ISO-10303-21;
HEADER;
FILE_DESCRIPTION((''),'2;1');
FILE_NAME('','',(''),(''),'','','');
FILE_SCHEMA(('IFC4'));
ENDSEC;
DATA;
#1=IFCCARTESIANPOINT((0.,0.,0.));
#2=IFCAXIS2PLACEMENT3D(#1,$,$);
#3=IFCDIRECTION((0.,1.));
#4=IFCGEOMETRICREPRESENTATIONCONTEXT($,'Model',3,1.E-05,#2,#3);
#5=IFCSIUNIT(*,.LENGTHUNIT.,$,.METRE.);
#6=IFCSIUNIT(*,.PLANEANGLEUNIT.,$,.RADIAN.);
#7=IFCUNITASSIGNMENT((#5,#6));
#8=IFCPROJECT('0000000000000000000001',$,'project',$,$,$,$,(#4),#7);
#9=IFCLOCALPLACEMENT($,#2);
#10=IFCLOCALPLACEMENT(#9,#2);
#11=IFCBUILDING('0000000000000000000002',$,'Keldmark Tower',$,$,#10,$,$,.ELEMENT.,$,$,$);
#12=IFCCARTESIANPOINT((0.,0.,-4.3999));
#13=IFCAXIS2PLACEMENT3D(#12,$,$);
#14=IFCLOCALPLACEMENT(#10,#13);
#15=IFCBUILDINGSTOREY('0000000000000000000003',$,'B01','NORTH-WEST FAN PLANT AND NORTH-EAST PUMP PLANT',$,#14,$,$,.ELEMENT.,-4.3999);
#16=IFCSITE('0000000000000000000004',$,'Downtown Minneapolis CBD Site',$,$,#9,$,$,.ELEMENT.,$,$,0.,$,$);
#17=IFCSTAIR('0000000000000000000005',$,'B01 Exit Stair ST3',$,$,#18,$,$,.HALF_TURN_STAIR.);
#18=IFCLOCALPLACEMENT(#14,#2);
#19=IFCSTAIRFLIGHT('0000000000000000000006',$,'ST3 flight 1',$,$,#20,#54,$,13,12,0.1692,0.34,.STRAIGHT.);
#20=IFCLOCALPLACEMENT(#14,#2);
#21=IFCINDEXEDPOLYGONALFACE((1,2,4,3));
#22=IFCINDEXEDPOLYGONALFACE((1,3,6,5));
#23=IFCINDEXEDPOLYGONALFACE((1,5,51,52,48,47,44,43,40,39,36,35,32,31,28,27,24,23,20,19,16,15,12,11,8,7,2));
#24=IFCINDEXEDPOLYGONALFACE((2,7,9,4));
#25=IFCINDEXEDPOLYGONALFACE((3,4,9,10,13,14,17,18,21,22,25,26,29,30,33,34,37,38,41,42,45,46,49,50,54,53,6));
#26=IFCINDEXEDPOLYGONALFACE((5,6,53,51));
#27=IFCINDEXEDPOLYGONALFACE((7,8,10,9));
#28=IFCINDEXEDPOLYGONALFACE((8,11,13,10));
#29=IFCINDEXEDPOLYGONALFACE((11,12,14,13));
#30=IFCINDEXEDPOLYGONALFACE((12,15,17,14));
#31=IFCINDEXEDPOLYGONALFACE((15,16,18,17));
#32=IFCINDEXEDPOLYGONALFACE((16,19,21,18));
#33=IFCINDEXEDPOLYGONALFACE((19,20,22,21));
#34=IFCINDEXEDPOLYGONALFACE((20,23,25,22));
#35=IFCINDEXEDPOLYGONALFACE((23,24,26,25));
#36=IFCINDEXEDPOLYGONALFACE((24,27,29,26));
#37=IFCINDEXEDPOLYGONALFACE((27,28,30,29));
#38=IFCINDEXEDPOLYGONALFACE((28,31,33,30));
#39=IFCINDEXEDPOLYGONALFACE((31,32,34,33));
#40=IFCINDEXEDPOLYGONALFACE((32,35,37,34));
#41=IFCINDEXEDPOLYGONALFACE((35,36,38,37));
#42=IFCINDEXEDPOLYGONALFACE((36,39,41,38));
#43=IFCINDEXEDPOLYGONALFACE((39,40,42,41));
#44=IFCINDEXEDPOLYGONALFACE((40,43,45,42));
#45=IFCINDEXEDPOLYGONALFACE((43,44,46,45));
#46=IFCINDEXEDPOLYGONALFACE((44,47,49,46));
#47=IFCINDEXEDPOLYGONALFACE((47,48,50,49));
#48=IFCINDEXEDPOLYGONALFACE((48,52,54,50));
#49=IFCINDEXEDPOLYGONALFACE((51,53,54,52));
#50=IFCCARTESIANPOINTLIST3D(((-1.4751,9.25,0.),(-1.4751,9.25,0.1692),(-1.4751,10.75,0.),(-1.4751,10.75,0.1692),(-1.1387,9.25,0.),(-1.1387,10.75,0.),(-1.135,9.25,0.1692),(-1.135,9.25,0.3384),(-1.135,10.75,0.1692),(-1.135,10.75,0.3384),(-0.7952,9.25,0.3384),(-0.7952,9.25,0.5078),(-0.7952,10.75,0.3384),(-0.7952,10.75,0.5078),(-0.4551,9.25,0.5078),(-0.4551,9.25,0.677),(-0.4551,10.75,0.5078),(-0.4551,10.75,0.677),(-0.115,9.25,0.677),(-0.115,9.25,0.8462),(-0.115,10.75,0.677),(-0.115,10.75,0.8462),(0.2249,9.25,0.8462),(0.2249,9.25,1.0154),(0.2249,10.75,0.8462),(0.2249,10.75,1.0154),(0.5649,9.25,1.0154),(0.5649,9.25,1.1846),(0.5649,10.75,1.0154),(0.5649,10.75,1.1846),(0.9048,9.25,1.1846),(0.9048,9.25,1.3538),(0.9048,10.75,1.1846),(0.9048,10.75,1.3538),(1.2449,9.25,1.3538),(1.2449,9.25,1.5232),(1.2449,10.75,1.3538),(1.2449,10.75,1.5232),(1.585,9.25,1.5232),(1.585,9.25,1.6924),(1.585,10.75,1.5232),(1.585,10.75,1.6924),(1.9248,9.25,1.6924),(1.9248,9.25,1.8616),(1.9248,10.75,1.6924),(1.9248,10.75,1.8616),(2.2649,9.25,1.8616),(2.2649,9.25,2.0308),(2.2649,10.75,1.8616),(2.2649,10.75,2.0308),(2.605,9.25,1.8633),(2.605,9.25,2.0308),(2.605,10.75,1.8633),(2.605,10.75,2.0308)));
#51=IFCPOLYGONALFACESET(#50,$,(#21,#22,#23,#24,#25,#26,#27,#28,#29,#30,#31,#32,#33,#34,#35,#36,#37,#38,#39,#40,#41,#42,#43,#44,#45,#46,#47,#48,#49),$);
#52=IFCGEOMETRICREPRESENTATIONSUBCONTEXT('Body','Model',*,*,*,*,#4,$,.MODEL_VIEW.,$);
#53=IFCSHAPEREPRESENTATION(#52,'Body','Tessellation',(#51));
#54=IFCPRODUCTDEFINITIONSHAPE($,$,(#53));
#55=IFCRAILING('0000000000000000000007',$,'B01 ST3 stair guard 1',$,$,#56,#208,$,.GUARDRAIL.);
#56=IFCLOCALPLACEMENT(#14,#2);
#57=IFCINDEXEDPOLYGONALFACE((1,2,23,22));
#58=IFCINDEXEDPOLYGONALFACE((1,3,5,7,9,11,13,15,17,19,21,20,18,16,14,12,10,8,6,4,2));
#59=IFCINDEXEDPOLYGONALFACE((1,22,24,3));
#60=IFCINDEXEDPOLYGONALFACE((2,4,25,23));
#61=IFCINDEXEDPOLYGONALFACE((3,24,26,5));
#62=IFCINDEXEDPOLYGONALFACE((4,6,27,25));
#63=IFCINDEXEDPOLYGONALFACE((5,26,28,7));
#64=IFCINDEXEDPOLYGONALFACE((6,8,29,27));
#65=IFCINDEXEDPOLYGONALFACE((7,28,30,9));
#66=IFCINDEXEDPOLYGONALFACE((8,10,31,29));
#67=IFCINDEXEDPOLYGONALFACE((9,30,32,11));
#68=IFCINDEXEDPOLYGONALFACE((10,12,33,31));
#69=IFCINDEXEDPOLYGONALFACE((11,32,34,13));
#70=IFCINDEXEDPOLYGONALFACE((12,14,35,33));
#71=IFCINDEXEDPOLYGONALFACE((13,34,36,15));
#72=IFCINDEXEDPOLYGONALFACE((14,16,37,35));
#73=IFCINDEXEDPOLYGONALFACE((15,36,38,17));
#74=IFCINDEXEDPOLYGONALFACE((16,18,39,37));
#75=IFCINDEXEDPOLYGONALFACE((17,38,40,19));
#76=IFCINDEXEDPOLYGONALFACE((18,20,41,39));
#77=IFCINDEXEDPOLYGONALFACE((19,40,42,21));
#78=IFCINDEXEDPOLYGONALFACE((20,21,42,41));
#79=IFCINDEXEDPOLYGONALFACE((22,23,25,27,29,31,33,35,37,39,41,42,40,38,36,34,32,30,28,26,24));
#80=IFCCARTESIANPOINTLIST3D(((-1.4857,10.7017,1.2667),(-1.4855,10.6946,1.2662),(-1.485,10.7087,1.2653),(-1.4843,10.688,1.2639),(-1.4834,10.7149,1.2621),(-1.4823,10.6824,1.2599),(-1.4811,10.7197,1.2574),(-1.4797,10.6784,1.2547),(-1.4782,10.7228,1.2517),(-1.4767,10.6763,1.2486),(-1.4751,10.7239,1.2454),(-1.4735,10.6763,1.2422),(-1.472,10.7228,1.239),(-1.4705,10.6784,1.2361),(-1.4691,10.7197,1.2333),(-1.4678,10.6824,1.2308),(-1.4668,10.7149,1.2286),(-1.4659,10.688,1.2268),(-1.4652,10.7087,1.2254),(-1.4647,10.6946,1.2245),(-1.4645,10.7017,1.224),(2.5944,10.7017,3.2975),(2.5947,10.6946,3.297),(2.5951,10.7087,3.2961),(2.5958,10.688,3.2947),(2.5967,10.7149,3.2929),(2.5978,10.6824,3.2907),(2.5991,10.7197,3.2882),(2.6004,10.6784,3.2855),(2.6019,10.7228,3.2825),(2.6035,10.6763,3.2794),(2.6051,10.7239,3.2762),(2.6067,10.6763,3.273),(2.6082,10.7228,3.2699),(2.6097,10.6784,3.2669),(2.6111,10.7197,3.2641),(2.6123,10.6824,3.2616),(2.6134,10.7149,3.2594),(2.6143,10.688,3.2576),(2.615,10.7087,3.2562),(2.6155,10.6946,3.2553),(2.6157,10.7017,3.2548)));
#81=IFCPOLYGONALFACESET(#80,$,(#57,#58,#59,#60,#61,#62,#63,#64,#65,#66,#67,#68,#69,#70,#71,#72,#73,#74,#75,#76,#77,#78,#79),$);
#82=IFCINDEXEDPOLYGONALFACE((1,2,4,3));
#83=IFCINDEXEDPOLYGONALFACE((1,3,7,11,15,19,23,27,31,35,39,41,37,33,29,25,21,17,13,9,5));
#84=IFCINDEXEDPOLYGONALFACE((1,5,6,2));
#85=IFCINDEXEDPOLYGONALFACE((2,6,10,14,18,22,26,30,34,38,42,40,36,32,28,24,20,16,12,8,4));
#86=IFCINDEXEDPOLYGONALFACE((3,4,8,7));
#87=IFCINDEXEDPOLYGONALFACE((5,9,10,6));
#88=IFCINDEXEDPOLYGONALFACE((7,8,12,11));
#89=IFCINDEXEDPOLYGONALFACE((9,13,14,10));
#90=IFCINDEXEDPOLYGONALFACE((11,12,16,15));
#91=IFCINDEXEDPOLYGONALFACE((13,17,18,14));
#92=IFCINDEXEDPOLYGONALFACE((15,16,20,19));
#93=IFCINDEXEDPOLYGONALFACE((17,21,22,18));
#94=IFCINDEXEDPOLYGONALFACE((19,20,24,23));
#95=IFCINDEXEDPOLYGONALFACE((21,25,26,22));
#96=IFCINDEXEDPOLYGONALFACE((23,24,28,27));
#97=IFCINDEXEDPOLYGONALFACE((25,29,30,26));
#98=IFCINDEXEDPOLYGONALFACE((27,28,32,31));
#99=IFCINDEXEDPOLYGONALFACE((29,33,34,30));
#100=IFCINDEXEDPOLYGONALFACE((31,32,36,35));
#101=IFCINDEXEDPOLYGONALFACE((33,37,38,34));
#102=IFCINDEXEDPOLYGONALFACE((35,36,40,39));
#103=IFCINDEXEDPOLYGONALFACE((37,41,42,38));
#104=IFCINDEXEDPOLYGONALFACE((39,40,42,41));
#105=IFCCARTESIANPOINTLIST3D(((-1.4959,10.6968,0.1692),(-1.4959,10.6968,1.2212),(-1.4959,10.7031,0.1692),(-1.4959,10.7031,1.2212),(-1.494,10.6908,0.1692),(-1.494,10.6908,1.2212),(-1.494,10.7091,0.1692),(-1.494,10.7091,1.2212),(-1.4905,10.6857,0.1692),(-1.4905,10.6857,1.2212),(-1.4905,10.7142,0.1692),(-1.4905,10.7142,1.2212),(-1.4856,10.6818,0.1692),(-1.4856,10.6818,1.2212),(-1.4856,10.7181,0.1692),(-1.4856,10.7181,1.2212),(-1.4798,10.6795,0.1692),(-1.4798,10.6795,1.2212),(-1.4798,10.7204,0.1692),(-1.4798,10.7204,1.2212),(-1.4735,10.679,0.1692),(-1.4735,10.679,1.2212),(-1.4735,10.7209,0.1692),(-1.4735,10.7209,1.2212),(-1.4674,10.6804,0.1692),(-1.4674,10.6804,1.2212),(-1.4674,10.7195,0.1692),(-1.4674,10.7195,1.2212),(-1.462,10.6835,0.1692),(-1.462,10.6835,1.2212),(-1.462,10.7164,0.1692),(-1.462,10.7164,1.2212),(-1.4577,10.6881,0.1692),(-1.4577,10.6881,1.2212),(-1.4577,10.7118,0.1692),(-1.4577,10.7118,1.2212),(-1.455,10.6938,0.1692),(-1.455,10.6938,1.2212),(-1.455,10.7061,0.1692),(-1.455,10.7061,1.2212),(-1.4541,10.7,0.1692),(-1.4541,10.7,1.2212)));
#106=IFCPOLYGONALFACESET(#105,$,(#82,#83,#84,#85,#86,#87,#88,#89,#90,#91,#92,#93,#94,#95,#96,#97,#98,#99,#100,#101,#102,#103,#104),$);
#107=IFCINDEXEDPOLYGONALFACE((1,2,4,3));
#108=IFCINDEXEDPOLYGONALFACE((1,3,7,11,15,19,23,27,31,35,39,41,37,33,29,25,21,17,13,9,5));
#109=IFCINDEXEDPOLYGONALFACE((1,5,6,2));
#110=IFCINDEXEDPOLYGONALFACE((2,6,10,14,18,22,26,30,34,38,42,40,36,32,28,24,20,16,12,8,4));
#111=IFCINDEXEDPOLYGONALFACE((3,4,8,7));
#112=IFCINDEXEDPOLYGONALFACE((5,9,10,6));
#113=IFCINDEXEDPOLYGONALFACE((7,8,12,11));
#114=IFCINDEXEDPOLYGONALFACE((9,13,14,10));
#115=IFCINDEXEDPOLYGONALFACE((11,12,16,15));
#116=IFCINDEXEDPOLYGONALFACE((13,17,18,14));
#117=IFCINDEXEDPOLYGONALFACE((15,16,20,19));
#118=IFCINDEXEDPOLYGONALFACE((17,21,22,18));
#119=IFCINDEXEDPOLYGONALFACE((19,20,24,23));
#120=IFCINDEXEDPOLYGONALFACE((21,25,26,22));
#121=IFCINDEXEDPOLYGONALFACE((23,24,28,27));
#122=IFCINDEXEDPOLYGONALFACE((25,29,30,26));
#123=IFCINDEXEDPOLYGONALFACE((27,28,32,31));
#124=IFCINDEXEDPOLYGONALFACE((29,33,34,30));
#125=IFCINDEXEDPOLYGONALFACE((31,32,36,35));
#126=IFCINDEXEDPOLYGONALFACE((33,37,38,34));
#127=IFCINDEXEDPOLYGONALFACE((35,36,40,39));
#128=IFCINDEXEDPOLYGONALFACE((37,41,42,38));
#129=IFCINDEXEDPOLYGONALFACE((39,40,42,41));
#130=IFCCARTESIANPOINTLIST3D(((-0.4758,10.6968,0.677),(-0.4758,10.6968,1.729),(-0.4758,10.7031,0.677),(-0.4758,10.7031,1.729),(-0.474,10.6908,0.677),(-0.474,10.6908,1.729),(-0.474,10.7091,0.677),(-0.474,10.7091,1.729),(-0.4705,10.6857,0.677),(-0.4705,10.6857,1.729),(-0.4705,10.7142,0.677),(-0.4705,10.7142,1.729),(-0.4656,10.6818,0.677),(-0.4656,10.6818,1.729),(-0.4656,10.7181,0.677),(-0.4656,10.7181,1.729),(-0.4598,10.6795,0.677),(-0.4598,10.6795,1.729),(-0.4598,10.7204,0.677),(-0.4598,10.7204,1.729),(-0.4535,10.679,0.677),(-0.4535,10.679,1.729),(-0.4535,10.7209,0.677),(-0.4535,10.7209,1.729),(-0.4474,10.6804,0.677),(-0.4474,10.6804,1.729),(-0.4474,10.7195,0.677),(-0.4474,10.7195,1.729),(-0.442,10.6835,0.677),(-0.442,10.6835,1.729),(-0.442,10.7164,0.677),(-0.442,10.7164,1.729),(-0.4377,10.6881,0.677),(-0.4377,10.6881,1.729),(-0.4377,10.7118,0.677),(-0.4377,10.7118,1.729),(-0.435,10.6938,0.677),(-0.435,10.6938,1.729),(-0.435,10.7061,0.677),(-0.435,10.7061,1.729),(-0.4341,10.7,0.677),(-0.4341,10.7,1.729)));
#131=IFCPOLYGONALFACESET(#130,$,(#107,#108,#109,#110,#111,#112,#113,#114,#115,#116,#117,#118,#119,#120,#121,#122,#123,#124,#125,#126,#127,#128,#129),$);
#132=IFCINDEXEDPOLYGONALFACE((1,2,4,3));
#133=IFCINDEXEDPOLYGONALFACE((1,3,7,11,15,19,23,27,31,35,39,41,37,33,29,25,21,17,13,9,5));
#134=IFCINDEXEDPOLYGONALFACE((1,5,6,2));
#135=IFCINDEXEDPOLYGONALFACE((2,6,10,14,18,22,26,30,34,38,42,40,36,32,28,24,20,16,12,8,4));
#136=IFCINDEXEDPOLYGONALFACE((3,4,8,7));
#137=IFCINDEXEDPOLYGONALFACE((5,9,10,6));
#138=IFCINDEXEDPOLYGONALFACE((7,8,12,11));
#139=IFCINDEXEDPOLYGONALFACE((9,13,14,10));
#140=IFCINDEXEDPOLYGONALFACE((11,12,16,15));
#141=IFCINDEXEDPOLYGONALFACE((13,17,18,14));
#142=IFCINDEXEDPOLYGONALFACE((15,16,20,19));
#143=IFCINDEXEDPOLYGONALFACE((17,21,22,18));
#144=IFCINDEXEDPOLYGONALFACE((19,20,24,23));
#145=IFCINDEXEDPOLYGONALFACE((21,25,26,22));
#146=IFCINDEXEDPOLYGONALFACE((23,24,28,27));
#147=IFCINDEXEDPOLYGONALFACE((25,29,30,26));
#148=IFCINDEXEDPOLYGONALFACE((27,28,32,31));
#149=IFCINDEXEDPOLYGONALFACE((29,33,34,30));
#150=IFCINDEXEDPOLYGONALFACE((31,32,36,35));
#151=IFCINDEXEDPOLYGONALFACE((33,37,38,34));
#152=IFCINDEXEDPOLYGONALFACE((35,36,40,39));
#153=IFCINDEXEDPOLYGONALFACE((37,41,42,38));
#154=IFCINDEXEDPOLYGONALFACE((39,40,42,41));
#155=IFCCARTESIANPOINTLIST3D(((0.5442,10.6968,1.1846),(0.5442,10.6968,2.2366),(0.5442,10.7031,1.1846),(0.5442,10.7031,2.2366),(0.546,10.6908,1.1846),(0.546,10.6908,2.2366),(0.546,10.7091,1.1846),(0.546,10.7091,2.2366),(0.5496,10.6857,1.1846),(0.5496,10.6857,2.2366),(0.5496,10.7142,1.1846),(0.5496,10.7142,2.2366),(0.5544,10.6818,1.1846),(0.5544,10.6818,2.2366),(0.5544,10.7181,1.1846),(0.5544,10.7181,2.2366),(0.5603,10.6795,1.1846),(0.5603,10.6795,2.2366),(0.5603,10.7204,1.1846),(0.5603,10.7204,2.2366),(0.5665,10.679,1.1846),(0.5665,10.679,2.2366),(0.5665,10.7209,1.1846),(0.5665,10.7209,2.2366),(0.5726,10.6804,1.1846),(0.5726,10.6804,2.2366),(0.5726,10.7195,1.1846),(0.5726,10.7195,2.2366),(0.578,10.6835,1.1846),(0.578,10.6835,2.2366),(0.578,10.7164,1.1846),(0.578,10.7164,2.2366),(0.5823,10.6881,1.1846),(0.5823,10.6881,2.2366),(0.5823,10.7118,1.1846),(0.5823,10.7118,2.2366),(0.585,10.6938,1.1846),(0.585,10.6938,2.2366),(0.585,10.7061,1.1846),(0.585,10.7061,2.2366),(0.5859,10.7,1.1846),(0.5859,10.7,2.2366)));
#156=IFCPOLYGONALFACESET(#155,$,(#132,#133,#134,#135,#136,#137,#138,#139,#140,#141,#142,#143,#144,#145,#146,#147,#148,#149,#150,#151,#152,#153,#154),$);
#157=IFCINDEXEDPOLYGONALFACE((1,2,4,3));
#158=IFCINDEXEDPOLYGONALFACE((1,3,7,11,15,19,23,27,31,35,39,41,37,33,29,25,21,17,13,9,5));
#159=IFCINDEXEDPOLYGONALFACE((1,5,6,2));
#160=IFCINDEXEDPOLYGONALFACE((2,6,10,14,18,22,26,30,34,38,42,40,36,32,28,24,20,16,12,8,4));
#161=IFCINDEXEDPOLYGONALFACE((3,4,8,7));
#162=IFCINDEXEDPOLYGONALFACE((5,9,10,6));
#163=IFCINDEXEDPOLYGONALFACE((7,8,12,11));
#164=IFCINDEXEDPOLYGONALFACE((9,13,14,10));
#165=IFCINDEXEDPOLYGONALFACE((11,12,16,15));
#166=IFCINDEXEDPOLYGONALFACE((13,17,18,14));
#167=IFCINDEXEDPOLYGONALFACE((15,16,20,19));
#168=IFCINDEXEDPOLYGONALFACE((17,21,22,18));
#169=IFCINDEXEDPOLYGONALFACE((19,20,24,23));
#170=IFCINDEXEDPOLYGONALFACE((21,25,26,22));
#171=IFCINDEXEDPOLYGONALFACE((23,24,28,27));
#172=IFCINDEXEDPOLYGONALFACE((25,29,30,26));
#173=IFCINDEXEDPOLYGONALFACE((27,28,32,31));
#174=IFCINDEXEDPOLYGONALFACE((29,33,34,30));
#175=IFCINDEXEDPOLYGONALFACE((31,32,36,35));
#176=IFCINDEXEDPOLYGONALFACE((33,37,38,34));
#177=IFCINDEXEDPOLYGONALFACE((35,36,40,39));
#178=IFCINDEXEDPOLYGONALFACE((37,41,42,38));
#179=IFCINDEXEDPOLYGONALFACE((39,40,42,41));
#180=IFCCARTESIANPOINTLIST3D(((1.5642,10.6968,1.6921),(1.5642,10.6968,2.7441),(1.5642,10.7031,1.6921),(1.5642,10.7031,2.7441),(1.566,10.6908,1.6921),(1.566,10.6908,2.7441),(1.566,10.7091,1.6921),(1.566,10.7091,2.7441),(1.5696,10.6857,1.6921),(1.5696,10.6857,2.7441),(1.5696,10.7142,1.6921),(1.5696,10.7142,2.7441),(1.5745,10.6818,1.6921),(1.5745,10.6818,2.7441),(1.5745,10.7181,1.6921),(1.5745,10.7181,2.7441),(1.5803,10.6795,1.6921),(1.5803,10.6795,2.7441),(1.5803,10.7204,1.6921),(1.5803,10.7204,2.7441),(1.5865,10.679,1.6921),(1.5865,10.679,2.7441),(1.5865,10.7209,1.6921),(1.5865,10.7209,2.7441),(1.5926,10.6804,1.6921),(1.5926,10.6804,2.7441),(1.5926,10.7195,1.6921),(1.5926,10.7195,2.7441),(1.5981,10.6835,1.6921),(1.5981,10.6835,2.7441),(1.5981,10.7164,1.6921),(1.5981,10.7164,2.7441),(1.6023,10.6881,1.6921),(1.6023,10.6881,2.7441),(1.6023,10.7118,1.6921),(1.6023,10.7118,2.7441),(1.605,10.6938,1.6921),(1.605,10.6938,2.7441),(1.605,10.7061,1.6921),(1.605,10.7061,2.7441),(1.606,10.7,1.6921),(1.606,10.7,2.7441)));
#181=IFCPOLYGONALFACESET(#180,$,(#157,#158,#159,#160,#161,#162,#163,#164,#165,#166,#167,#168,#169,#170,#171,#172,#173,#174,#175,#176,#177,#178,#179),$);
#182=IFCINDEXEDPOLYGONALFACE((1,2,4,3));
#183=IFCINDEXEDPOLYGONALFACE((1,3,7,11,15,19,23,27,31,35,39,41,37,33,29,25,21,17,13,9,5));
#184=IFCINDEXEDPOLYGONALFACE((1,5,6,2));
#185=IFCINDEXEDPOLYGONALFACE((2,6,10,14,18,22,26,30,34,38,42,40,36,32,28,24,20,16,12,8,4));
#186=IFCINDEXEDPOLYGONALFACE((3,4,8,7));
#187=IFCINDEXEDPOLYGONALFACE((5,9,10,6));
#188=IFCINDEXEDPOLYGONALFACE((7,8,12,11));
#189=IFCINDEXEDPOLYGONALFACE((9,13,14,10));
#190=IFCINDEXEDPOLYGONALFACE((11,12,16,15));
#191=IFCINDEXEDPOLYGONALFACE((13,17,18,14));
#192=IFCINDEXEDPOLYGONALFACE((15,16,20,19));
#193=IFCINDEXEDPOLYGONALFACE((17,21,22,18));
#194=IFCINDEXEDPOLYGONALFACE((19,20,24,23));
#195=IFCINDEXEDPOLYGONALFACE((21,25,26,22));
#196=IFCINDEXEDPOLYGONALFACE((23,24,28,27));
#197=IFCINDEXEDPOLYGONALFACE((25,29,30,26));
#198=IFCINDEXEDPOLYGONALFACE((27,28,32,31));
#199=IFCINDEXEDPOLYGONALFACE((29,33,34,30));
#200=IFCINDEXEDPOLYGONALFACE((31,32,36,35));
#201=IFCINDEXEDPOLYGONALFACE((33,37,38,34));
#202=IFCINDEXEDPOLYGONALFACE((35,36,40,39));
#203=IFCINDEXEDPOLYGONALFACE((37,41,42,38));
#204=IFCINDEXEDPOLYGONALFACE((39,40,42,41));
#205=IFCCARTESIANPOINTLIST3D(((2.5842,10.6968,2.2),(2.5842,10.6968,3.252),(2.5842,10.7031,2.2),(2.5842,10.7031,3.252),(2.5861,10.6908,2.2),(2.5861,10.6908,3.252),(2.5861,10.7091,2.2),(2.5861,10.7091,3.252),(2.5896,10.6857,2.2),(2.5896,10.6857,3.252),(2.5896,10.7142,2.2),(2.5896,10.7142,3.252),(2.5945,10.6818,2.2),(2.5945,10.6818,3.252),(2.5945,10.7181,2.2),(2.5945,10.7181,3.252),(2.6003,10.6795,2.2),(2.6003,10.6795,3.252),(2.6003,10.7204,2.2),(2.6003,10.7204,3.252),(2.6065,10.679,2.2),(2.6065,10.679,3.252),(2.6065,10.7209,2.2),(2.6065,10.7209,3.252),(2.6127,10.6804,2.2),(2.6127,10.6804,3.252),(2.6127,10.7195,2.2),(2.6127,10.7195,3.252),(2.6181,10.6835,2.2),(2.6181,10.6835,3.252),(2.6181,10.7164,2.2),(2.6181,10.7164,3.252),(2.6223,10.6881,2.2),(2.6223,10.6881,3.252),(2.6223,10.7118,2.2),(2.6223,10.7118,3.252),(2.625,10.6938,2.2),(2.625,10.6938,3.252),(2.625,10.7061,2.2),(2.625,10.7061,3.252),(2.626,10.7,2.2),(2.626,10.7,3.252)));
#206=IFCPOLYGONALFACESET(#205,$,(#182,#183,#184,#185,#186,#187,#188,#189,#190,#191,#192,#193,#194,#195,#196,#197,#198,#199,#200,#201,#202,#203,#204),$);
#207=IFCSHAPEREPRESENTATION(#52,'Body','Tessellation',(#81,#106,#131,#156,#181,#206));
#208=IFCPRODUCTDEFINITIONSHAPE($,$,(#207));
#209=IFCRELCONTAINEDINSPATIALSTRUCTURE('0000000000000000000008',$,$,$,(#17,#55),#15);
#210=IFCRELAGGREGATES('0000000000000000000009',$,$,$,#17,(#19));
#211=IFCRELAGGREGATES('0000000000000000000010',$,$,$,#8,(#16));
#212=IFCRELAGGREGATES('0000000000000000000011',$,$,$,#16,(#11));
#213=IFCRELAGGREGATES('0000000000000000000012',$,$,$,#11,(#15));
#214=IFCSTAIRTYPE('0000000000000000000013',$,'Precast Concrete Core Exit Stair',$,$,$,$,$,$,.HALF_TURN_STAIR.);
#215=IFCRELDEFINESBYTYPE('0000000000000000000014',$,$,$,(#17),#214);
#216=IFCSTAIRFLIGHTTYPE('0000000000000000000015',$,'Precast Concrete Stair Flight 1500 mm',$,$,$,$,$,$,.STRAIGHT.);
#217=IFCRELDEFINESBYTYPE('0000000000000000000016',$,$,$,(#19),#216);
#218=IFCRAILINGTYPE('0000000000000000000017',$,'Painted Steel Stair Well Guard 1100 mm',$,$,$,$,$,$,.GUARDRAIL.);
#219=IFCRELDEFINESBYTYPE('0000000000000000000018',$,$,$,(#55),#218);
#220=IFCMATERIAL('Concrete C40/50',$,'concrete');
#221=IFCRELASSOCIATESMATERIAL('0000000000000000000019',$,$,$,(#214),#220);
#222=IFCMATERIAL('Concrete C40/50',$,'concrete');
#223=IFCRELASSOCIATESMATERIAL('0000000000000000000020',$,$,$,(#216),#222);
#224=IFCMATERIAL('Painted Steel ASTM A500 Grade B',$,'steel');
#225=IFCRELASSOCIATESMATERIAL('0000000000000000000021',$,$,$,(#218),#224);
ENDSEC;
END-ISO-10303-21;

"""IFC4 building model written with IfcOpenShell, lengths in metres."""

from ifc_helpers import new_model, si_unit, direction, frame, origin, origin_2d, place, context, subcontext, project, spatial, polyline, circle, outline, extrude, material, type_object, element, aggregate, save


model = new_model("IFC4")

# Units and contexts
model_context = context("Model", 3, precision=1e-05, world=origin(), true_north=direction((0.0, 1.0)))
body_context = subcontext(model_context, "Body", "Model", "MODEL_VIEW")
ifc_project = project(units=[si_unit("LENGTHUNIT", "METRE"), si_unit("PLANEANGLEUNIT", "RADIAN")], contexts=[model_context])

# Site, building, storey
site_placement = place(None, origin())
site = spatial("IfcSite", under=ifc_project, at=site_placement, Name="Downtown Minneapolis CBD Site", CompositionType="ELEMENT", RefElevation=0.0)
building_placement = place(site_placement, origin())
building = spatial("IfcBuilding", under=site, at=building_placement, Name="Keldmark Tower", CompositionType="ELEMENT")
storey_placement = place(building_placement, frame((0.0, 0.0, -4.3999)))
storey = spatial("IfcBuildingStorey", under=building, at=storey_placement, Name="B01", Description="NORTH-WEST FAN PLANT AND NORTH-EAST PUMP PLANT", CompositionType="ELEMENT", Elevation=-4.3999)

# Stair, stair flight
ifc_material_1 = material(Name="Concrete C40/50", Category="concrete")
stair_type = type_object("IfcStairType", Name="Precast Concrete Core Exit Stair", PredefinedType="HALF_TURN_STAIR", material=ifc_material_1)
stair_placement = place(storey_placement, origin())
stair = element("IfcStair", 1, at=stair_placement, inside=storey, type_object=stair_type, Name="B01 Exit Stair ST3", PredefinedType="HALF_TURN_STAIR")
ifc_material_2 = material(Name="Concrete C40/50", Category="concrete")
stair_flight_type = type_object("IfcStairFlightType", Name="Precast Concrete Stair Flight 1500 mm", PredefinedType="STRAIGHT", material=ifc_material_2)
stair_flight_placement = place(storey_placement, frame((-1.4751, 10.0, 0.0), z_axis=(0.0, 0.0, 1.0), x_axis=(1.0, 0.0, 0.0)))
stair_flight = element("IfcStairFlight", 2, at=stair_flight_placement, type_object=stair_flight_type, Name="ST3 flight 1", NumberOfRisers=13, NumberOfTreads=12, PredefinedType="STRAIGHT", RiserHeight=0.1692, TreadLength=0.34, context=body_context, shape_type="SweptSolid", body=[
    extrude(outline(polyline([(0.0, 0.0), (0.0, 0.1692), (0.3401, 0.1692), (0.3401, 0.3384), (0.6799, 0.3384), (0.6799, 0.5078), (1.02, 0.5078), (1.02, 0.677), (1.3601, 0.677), (1.3601, 0.8462), (1.7, 0.8462), (1.7, 1.0154), (2.04, 1.0154), (2.04, 1.1846), (2.3799, 1.1846), (2.3799, 1.3538), (2.72, 1.3538), (2.72, 1.5232), (3.0601, 1.5232), (3.0601, 1.6924), (3.3999, 1.6924), (3.3999, 1.8616), (3.74, 1.8616), (3.74, 2.0308), (4.0801, 2.0308), (4.0801, 2.2), (4.0801, 1.8633), (0.3364, 0.0), (0.0, 0.0)])), frame((0.0, 0.75, 0.0), z_axis=(0.0, -1.0, 0.0), x_axis=(1.0, 0.0, 0.0)), (0.0, 0.0, 1.0), 1.5),
])
aggregate(stair, [stair_flight])

# Railing
ifc_material_3 = material(Name="Painted Steel ASTM A500 Grade B", Category="steel")
railing_type_1 = type_object("IfcRailingType", Name="Painted Steel Stair Well Guard 1100 mm", PredefinedType="GUARDRAIL", material=ifc_material_3)
railing_1_placement = place(storey_placement, frame((-1.4751, 10.7, 0.1692)))
element("IfcRailing", 3, at=railing_1_placement, inside=storey, type_object=railing_type_1, Name="B01 ST3 stair guard 1", PredefinedType="GUARDRAIL", context=body_context, shape_type="SweptSolid", body=[
    extrude(circle(Radius=0.0239, at=origin_2d()), frame((0.0, 0.0, 1.0762), z_axis=(0.89524, 0.0, 0.445584), x_axis=(0.0, 1.0, 0.0)), (0.0, 0.0, 1.0), 4.5576),
    extrude(circle(Radius=0.021, at=origin_2d()), origin(), (0.0, 0.0, 1.0), 1.052),
    extrude(circle(Radius=0.021, at=origin_2d()), frame((1.02, 0.0, 0.5078)), (0.0, 0.0, 1.0), 1.052),
    extrude(circle(Radius=0.021, at=origin_2d()), frame((2.04, 0.0, 1.0154)), (0.0, 0.0, 1.0), 1.052),
    extrude(circle(Radius=0.021, at=origin_2d()), frame((3.0601, 0.0, 1.5229)), (0.0, 0.0, 1.0), 1.052),
    extrude(circle(Radius=0.021, at=origin_2d()), frame((4.0801, 0.0, 2.0308)), (0.0, 0.0, 1.0), 1.052),
])

save(model, "model.ifc")
